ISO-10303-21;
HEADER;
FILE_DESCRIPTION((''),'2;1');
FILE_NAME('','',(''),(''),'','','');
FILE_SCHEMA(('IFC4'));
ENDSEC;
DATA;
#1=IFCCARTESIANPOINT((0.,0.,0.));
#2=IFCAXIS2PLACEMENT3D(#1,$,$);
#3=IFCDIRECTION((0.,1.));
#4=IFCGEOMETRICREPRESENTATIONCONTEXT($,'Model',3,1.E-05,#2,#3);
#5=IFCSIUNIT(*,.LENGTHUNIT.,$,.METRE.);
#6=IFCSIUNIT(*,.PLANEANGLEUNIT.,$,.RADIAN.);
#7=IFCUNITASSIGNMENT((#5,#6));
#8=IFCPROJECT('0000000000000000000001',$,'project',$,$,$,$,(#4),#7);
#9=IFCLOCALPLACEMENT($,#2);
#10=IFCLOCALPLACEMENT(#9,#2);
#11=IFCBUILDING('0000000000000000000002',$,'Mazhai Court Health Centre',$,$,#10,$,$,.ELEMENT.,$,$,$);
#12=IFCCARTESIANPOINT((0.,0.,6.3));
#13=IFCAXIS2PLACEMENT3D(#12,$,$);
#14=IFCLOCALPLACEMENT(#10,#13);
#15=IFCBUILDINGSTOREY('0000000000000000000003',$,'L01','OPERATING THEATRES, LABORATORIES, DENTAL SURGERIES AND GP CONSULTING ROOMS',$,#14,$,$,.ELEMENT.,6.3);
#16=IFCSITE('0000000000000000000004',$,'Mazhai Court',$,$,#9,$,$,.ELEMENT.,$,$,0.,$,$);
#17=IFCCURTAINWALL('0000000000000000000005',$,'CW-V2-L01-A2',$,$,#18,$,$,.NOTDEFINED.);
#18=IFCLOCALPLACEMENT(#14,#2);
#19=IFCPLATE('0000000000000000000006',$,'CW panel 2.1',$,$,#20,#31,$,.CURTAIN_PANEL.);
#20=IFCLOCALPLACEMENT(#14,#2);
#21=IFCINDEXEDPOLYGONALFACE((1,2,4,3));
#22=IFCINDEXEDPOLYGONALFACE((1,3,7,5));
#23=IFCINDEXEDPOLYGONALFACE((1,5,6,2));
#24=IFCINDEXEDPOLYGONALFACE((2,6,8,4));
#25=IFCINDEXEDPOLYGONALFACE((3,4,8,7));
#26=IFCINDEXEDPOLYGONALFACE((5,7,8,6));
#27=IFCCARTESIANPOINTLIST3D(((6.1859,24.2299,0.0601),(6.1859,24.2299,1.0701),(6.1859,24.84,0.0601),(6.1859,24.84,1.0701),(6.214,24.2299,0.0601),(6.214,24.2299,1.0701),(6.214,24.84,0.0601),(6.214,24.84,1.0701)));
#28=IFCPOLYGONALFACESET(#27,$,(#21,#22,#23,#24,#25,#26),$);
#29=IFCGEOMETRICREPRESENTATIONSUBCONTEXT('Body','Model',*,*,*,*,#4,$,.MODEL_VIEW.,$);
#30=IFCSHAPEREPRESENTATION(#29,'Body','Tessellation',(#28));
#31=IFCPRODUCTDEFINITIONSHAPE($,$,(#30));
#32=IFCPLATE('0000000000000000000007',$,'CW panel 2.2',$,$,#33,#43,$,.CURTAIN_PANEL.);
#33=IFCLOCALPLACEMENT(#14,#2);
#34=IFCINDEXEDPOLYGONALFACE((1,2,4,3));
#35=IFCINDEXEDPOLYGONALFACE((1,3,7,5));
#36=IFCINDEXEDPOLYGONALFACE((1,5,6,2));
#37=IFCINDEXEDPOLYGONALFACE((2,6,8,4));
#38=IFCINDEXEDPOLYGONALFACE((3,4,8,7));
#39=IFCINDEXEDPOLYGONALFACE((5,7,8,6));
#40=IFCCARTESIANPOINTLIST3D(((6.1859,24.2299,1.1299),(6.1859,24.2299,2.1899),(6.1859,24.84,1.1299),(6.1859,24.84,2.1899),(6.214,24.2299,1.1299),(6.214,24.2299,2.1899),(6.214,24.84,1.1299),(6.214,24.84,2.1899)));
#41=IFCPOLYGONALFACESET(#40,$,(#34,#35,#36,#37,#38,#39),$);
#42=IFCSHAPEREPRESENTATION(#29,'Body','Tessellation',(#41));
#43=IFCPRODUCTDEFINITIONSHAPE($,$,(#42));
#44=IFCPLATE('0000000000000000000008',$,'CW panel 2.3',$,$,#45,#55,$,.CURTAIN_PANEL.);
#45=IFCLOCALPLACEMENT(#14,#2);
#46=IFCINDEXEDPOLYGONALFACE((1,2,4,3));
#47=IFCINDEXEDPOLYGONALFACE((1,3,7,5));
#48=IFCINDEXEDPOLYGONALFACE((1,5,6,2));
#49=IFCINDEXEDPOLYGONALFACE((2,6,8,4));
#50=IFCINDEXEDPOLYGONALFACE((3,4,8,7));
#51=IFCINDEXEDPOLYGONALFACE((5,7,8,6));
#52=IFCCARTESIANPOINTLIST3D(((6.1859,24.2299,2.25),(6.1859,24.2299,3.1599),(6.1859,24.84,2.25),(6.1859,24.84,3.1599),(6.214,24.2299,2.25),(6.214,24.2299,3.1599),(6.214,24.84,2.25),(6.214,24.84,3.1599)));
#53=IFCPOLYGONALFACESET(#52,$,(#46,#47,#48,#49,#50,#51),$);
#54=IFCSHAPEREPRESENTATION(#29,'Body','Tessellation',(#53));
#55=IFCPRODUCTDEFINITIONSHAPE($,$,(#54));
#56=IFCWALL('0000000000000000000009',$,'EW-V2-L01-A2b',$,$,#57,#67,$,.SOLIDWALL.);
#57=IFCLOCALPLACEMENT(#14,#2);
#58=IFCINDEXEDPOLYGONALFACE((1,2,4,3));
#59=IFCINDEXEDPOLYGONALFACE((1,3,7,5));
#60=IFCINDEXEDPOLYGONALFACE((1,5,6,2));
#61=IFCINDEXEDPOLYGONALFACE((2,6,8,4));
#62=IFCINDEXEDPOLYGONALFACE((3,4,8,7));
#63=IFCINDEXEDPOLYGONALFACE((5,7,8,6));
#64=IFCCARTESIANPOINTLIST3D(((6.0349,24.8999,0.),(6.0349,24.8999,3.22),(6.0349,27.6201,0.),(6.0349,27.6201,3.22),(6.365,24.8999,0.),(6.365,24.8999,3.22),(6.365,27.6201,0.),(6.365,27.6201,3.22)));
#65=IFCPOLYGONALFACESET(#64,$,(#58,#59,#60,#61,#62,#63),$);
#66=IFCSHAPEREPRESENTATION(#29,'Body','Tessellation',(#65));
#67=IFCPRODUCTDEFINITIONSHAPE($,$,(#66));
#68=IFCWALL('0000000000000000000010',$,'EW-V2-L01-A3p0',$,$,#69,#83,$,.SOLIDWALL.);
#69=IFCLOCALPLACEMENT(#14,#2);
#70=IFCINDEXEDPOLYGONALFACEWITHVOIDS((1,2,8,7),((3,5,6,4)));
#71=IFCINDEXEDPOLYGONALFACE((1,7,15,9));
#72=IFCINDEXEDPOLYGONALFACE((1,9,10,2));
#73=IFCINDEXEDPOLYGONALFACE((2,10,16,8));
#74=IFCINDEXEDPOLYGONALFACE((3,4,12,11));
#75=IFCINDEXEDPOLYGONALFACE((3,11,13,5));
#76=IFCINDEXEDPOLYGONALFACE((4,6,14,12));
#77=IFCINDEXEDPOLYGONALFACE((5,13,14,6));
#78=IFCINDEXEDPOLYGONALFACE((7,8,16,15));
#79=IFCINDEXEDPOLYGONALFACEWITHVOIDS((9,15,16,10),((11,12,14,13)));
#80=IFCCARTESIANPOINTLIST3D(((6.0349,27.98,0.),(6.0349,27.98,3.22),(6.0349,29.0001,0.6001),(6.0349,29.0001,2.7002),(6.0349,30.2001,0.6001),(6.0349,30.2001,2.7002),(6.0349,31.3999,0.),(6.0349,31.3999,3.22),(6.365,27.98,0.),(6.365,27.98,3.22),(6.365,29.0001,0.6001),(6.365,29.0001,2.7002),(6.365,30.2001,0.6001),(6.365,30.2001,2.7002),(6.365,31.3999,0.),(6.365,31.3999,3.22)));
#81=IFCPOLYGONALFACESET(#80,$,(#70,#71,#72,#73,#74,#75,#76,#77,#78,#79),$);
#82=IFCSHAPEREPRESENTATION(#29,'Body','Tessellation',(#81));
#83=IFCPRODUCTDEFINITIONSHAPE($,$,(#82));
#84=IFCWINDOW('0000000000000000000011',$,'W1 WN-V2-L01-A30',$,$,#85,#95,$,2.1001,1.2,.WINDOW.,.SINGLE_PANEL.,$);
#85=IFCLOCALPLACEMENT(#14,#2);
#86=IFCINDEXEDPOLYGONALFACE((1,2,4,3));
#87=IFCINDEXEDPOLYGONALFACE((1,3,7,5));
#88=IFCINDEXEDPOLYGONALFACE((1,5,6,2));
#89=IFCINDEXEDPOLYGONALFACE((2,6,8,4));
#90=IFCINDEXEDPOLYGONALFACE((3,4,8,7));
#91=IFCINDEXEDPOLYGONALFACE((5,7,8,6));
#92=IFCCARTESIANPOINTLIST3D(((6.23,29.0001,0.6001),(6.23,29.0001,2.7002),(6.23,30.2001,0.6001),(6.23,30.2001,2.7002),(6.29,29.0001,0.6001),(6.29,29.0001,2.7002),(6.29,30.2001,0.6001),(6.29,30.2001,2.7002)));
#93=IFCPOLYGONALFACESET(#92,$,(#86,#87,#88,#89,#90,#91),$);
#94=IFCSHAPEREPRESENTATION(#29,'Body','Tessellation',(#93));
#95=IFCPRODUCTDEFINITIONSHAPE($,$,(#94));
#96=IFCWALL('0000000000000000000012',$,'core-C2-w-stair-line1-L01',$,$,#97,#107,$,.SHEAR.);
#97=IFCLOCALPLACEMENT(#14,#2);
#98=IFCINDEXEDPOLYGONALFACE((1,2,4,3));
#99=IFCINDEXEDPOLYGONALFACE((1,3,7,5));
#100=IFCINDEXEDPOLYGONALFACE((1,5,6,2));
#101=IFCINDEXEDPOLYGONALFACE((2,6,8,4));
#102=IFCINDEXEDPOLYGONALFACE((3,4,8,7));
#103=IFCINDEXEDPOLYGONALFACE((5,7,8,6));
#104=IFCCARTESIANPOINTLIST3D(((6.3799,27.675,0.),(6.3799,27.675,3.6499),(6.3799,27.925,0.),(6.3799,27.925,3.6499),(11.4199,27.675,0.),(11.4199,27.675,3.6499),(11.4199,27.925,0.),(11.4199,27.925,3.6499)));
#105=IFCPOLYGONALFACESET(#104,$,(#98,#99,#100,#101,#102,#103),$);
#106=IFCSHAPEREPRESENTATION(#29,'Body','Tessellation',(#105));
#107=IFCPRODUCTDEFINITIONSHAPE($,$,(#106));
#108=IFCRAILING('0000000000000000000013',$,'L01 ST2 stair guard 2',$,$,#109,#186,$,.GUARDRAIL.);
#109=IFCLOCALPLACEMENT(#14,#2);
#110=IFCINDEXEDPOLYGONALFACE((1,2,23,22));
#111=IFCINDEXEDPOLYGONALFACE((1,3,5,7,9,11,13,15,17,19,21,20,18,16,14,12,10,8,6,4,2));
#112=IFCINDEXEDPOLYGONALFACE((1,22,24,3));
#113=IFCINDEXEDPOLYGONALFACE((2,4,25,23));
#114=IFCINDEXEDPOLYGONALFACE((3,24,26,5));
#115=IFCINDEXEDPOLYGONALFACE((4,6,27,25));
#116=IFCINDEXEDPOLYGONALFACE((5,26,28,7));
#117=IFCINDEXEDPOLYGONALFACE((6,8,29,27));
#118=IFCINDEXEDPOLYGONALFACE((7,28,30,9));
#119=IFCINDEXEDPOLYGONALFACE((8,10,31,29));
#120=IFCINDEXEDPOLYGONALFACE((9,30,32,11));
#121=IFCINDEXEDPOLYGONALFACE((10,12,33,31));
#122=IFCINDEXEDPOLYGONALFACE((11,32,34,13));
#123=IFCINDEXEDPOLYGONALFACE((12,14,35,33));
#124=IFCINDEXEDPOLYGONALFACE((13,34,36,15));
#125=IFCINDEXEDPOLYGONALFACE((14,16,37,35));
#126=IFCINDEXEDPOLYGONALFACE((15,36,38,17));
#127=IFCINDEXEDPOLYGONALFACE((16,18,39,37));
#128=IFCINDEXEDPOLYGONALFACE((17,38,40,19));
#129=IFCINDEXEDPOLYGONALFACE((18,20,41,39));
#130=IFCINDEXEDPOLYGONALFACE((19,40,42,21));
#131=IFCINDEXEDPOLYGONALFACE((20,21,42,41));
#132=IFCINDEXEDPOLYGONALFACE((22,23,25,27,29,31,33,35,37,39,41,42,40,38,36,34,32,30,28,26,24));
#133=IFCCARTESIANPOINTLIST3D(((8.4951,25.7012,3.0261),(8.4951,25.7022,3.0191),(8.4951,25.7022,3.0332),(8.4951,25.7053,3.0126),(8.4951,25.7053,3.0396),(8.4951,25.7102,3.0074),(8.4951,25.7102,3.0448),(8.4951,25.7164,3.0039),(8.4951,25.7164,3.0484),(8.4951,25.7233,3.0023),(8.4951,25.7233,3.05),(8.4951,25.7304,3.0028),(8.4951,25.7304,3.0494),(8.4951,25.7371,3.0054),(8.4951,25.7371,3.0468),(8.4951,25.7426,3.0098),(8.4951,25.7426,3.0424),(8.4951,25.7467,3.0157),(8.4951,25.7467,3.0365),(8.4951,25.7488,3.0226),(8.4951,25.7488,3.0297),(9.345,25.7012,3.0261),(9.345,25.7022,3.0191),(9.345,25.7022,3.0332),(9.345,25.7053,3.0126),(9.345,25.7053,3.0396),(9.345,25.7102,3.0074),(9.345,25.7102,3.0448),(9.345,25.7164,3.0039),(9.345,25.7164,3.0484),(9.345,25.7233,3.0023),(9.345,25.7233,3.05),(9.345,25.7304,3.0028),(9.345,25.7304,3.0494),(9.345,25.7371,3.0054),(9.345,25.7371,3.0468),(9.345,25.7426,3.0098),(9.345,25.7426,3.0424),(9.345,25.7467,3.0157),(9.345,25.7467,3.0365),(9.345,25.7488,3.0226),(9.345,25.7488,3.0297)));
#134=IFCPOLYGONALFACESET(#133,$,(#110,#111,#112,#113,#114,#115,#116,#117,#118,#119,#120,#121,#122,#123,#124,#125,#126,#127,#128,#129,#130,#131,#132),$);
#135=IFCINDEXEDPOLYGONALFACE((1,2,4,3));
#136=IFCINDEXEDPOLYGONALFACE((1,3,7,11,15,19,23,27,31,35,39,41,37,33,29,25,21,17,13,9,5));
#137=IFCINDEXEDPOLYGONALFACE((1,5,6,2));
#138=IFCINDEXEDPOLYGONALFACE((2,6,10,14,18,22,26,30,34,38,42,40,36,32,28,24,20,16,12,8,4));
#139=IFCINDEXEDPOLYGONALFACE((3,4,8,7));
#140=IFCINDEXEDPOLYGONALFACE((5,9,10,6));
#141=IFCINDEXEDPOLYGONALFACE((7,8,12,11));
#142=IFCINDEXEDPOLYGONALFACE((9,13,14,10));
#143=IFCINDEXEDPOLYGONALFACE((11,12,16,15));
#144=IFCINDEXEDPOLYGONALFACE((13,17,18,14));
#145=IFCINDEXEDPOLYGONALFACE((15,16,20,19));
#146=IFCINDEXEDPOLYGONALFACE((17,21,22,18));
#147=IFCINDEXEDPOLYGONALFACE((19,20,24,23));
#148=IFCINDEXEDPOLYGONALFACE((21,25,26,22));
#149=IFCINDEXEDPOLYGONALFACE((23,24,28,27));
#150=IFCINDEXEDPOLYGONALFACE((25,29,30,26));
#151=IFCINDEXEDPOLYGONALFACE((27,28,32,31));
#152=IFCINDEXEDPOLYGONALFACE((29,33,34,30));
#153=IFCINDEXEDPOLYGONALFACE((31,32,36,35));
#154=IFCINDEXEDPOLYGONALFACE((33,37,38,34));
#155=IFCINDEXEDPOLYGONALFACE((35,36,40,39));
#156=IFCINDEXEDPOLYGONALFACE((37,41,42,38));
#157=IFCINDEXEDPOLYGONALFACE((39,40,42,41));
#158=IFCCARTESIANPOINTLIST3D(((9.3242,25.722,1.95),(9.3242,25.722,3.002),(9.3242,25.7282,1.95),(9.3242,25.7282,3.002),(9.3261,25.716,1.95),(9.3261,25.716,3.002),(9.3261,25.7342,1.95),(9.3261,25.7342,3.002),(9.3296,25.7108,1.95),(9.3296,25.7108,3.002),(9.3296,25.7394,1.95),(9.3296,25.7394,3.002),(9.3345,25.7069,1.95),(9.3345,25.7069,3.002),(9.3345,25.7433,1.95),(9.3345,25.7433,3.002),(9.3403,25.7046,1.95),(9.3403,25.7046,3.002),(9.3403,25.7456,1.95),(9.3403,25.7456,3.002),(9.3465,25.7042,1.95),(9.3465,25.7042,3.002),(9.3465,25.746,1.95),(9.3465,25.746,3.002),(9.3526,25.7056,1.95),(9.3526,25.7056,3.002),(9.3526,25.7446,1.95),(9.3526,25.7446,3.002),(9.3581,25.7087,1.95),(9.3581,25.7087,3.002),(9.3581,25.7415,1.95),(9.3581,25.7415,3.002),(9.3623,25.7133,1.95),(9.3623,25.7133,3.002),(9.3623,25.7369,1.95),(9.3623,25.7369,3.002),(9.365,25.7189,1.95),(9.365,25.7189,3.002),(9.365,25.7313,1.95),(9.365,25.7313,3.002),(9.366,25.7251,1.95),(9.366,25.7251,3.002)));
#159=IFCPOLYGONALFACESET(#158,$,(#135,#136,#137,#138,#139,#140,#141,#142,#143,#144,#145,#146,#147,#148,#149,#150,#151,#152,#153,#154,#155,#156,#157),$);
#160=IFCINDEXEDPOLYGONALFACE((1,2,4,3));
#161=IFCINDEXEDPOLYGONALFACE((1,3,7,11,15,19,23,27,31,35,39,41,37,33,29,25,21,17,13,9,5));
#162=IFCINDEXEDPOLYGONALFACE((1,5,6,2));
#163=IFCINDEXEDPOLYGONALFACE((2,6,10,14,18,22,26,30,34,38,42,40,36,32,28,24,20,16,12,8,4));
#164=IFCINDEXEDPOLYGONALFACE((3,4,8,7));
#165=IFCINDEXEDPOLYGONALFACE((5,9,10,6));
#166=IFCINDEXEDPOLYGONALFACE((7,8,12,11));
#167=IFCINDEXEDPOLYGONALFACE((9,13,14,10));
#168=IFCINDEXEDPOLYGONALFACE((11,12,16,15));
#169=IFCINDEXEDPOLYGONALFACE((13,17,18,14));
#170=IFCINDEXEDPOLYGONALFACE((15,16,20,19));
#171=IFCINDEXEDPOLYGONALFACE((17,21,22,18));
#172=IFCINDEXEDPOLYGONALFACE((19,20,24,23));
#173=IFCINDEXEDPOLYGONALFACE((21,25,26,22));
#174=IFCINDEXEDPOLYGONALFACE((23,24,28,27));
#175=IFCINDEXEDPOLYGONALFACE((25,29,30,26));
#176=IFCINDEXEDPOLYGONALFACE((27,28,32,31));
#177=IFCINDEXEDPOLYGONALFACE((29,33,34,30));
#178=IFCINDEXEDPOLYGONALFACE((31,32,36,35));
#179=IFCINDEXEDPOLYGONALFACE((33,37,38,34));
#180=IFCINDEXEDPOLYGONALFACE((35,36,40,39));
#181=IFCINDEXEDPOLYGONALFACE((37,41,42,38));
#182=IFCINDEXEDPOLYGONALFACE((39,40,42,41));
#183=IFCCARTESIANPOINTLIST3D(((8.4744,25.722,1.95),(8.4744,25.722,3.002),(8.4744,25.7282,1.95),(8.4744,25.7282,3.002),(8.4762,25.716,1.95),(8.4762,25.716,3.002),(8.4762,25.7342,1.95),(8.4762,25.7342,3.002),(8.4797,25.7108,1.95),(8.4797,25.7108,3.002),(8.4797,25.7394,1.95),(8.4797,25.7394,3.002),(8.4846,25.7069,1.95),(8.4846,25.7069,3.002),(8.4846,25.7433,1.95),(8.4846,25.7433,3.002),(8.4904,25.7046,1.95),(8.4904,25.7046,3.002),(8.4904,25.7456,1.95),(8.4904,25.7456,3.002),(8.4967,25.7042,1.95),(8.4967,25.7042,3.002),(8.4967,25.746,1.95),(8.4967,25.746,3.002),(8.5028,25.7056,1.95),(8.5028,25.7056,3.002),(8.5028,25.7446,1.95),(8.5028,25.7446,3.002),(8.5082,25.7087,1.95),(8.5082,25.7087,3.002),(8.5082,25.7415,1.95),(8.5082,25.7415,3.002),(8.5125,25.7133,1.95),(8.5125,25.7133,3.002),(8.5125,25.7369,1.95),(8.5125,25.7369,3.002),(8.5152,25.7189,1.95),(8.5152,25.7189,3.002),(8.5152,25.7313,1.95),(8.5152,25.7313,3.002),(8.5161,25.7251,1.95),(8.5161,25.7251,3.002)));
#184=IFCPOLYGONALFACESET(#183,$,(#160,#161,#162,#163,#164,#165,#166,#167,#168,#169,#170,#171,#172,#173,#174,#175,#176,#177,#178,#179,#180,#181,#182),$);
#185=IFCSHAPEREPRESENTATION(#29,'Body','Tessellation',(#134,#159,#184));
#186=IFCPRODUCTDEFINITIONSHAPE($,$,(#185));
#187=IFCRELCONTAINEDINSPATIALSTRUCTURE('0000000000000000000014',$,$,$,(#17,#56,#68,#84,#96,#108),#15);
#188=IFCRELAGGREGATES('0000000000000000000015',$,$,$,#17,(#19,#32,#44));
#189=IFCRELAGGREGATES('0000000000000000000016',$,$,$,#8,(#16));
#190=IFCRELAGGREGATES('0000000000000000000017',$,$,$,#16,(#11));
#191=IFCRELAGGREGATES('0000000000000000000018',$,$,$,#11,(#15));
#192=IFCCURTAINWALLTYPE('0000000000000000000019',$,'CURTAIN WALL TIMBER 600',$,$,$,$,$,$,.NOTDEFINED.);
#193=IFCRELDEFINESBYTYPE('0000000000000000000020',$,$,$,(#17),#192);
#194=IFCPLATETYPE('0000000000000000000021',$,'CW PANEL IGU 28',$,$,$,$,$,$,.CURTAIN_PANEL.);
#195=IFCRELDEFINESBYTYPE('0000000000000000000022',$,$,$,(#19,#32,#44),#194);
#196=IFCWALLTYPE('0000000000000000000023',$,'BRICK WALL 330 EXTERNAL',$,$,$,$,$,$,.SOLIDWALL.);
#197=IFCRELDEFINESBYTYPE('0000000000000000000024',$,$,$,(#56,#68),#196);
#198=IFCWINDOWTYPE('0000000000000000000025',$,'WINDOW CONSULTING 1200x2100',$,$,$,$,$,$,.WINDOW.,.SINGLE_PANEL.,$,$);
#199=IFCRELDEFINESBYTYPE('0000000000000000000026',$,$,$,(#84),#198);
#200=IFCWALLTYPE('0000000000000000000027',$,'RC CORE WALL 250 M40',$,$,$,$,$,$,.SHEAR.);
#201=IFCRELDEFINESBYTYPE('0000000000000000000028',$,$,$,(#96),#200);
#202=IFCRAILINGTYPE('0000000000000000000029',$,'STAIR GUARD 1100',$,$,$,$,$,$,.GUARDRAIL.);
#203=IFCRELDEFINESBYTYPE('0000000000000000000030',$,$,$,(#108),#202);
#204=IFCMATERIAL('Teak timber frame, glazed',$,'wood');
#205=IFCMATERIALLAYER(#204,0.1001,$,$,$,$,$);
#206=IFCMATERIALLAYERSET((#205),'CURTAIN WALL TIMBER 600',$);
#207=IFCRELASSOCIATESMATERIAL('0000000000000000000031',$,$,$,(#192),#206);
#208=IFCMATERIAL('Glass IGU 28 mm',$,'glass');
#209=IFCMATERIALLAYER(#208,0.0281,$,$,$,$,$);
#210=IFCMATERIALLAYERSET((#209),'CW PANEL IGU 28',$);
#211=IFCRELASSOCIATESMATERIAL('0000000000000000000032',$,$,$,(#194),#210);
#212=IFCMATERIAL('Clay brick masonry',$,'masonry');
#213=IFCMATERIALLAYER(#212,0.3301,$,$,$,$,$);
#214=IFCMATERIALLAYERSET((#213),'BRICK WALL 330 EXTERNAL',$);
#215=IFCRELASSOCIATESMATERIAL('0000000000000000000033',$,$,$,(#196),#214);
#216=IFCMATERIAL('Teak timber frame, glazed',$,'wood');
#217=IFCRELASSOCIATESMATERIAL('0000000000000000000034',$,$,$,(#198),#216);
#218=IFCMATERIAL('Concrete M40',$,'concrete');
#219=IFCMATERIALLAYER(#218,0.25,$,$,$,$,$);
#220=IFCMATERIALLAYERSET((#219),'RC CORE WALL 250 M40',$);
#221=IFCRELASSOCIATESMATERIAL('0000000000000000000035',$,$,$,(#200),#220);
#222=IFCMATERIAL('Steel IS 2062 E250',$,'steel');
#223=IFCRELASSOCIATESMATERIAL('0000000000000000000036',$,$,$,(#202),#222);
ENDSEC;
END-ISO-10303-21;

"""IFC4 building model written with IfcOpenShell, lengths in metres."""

from ifc_helpers import new_model, si_unit, direction, frame, frame_2d, origin, origin_2d, place, context, subcontext, project, spatial, rectangle, circle, extrude, material, layer, layer_set, type_object, element, fill, aggregate, save


model = new_model("IFC4")

# Units and contexts
model_context = context("Model", 3, precision=1e-05, world=origin(), true_north=direction((0.0, 1.0)))
body_context = subcontext(model_context, "Body", "Model", "MODEL_VIEW")
ifc_project = project(units=[si_unit("LENGTHUNIT", "METRE"), si_unit("PLANEANGLEUNIT", "RADIAN")], contexts=[model_context])

# Site, building, storey
site_placement = place(None, origin())
site = spatial("IfcSite", under=ifc_project, at=site_placement, Name="Mazhai Court", CompositionType="ELEMENT", RefElevation=0.0)
building_placement = place(site_placement, origin())
building = spatial("IfcBuilding", under=site, at=building_placement, Name="Mazhai Court Health Centre", CompositionType="ELEMENT")
storey_placement = place(building_placement, frame((0.0, 0.0, 6.3)))
storey = spatial("IfcBuildingStorey", under=building, at=storey_placement, Name="L01", Description="OPERATING THEATRES, LABORATORIES, DENTAL SURGERIES AND GP CONSULTING ROOMS", CompositionType="ELEMENT", Elevation=6.3)

# Curtain wall
ifc_material_1 = material(Name="Teak timber frame, glazed", Category="wood")
ifc_layer_1 = layer(ifc_material_1, 0.1001)
ifc_layer_set_1 = layer_set([ifc_layer_1], Name="CURTAIN WALL TIMBER 600")
curtain_wall_type = type_object("IfcCurtainWallType", Name="CURTAIN WALL TIMBER 600", PredefinedType="NOTDEFINED", material=ifc_layer_set_1)
curtain_wall_placement = place(storey_placement, origin())
curtain_wall = element("IfcCurtainWall", 1, at=curtain_wall_placement, inside=storey, type_object=curtain_wall_type, Name="CW-V2-L01-A2", PredefinedType="NOTDEFINED")

# Plates
ifc_material_2 = material(Name="Glass IGU 28 mm", Category="glass")
ifc_layer_2 = layer(ifc_material_2, 0.0281)
ifc_layer_set_2 = layer_set([ifc_layer_2], Name="CW PANEL IGU 28")
plate_type = type_object("IfcPlateType", Name="CW PANEL IGU 28", PredefinedType="CURTAIN_PANEL", material=ifc_layer_set_2)
plate_1_placement = place(storey_placement, frame((6.2, 24.5349, 0.0601), z_axis=(0.0, 0.0, 1.0), x_axis=(0.0, 1.0, 0.0)))
plate_1 = element("IfcPlate", 2, at=plate_1_placement, type_object=plate_type, Name="CW panel 2.1", PredefinedType="CURTAIN_PANEL", context=body_context, shape_type="SweptSolid", body=[
    extrude(rectangle(XDim=0.6101, YDim=0.0281, at=origin_2d()), origin(), (0.0, 0.0, 1.0), 1.01),
])
plate_2_placement = place(storey_placement, frame((6.2, 24.5349, 1.1299), z_axis=(0.0, 0.0, 1.0), x_axis=(0.0, 1.0, 0.0)))
plate_2 = element("IfcPlate", 3, at=plate_2_placement, type_object=plate_type, Name="CW panel 2.2", PredefinedType="CURTAIN_PANEL", context=body_context, shape_type="SweptSolid", body=[
    extrude(rectangle(XDim=0.6101, YDim=0.0281, at=origin_2d()), origin(), (0.0, 0.0, 1.0), 1.0601),
])
plate_3_placement = place(storey_placement, frame((6.2, 24.5349, 2.25), z_axis=(0.0, 0.0, 1.0), x_axis=(0.0, 1.0, 0.0)))
plate_3 = element("IfcPlate", 4, at=plate_3_placement, type_object=plate_type, Name="CW panel 2.3", PredefinedType="CURTAIN_PANEL", context=body_context, shape_type="SweptSolid", body=[
    extrude(rectangle(XDim=0.6101, YDim=0.0281, at=origin_2d()), origin(), (0.0, 0.0, 1.0), 0.9099),
])
aggregate(curtain_wall, [plate_1, plate_2, plate_3])

# Wall
ifc_material_3 = material(Name="Clay brick masonry", Category="masonry")
ifc_layer_3 = layer(ifc_material_3, 0.3301)
ifc_layer_set_3 = layer_set([ifc_layer_3], Name="BRICK WALL 330 EXTERNAL")
wall_type_1 = type_object("IfcWallType", Name="BRICK WALL 330 EXTERNAL", PredefinedType="SOLIDWALL", material=ifc_layer_set_3)
wall_1_placement = place(storey_placement, frame((6.2, 24.8999, 0.0), z_axis=(0.0, 0.0, 1.0), x_axis=(0.0, 1.0, 0.0)))
element("IfcWall", 5, at=wall_1_placement, inside=storey, type_object=wall_type_1, Name="EW-V2-L01-A2b", PredefinedType="SOLIDWALL", context=body_context, shape_type="SweptSolid", body=[
    extrude(rectangle(XDim=2.7202, YDim=0.3301, at=frame_2d((1.3601, 0.0))), origin(), (0.0, 0.0, 1.0), 3.22),
])

# Wall, opening, window
wall_2_placement = place(storey_placement, frame((6.2, 27.98, 0.0), z_axis=(0.0, 0.0, 1.0), x_axis=(0.0, 1.0, 0.0)))
wall_2 = element("IfcWall", 6, at=wall_2_placement, inside=storey, type_object=wall_type_1, Name="EW-V2-L01-A3p0", PredefinedType="SOLIDWALL", context=body_context, shape_type="SweptSolid", body=[
    extrude(rectangle(XDim=3.4199, YDim=0.3301, at=frame_2d((1.71, 0.0))), origin(), (0.0, 0.0, 1.0), 3.22),
])
opening_placement = place(wall_2_placement, frame((1.02, 0.0, 0.6001)))
opening = element("IfcOpeningElement", 7, at=opening_placement, cuts=wall_2, PredefinedType="OPENING", context=body_context, shape_type="SweptSolid", body=[
    extrude(rectangle(XDim=1.2, YDim=2.1001, at=frame_2d((0.6001, 1.05))), frame((0.0, 0.175, 0.0), z_axis=(0.0, -1.0, 0.0), x_axis=(1.0, 0.0, 0.0)), (0.0, 0.0, 1.0), 0.3501),
])
ifc_material_4 = material(Name="Teak timber frame, glazed", Category="wood")
window_type = type_object("IfcWindowType", Name="WINDOW CONSULTING 1200x2100", PartitioningType="SINGLE_PANEL", PredefinedType="WINDOW", material=ifc_material_4)
window_placement = place(opening_placement, origin())
window = element("IfcWindow", 8, at=window_placement, inside=storey, type_object=window_type, Name="W1 WN-V2-L01-A30", OverallHeight=2.1001, OverallWidth=1.2, PartitioningType="SINGLE_PANEL", PredefinedType="WINDOW", context=body_context, shape_type="SweptSolid", body=[
    extrude(rectangle(XDim=1.2, YDim=2.1001, at=frame_2d((0.6001, 1.05))), frame((0.0, -0.03, 0.0), z_axis=(0.0, -1.0, 0.0), x_axis=(1.0, 0.0, 0.0)), (0.0, 0.0, 1.0), 0.0601),
])
fill(opening, window)

# Wall
ifc_material_5 = material(Name="Concrete M40", Category="concrete")
ifc_layer_4 = layer(ifc_material_5, 0.25)
ifc_layer_set_4 = layer_set([ifc_layer_4], Name="RC CORE WALL 250 M40")
wall_type_2 = type_object("IfcWallType", Name="RC CORE WALL 250 M40", PredefinedType="SHEAR", material=ifc_layer_set_4)
wall_3_placement = place(storey_placement, frame((6.3799, 27.8, 0.0), z_axis=(0.0, 0.0, 1.0), x_axis=(1.0, 0.0, 0.0)))
element("IfcWall", 9, at=wall_3_placement, inside=storey, type_object=wall_type_2, Name="core-C2-w-stair-line1-L01", PredefinedType="SHEAR", context=body_context, shape_type="SweptSolid", body=[
    extrude(rectangle(XDim=5.04, YDim=0.25, at=frame_2d((2.52, 0.0))), origin(), (0.0, 0.0, 1.0), 3.6499),
])

# Railing
ifc_material_6 = material(Name="Steel IS 2062 E250", Category="steel")
railing_type_1 = type_object("IfcRailingType", Name="STAIR GUARD 1100", PredefinedType="GUARDRAIL", material=ifc_material_6)
railing_1_placement = place(storey_placement, frame((9.345, 25.7251, 1.95)))
element("IfcRailing", 10, at=railing_1_placement, inside=storey, type_object=railing_type_1, Name="L01 ST2 stair guard 2", PredefinedType="GUARDRAIL", context=body_context, shape_type="SweptSolid", body=[
    extrude(circle(Radius=0.0239, at=origin_2d()), frame((0.0, 0.0, 1.0762), z_axis=(-1.0, 0.0, 0.0), x_axis=(0.0, -1.0, 0.0)), (0.0, 0.0, 1.0), 0.8499),
    extrude(circle(Radius=0.021, at=origin_2d()), origin(), (0.0, 0.0, 1.0), 1.052),
    extrude(circle(Radius=0.021, at=origin_2d()), frame((-0.8499, 0.0, 0.0)), (0.0, 0.0, 1.0), 1.052),
])

save(model, "model.ifc")
